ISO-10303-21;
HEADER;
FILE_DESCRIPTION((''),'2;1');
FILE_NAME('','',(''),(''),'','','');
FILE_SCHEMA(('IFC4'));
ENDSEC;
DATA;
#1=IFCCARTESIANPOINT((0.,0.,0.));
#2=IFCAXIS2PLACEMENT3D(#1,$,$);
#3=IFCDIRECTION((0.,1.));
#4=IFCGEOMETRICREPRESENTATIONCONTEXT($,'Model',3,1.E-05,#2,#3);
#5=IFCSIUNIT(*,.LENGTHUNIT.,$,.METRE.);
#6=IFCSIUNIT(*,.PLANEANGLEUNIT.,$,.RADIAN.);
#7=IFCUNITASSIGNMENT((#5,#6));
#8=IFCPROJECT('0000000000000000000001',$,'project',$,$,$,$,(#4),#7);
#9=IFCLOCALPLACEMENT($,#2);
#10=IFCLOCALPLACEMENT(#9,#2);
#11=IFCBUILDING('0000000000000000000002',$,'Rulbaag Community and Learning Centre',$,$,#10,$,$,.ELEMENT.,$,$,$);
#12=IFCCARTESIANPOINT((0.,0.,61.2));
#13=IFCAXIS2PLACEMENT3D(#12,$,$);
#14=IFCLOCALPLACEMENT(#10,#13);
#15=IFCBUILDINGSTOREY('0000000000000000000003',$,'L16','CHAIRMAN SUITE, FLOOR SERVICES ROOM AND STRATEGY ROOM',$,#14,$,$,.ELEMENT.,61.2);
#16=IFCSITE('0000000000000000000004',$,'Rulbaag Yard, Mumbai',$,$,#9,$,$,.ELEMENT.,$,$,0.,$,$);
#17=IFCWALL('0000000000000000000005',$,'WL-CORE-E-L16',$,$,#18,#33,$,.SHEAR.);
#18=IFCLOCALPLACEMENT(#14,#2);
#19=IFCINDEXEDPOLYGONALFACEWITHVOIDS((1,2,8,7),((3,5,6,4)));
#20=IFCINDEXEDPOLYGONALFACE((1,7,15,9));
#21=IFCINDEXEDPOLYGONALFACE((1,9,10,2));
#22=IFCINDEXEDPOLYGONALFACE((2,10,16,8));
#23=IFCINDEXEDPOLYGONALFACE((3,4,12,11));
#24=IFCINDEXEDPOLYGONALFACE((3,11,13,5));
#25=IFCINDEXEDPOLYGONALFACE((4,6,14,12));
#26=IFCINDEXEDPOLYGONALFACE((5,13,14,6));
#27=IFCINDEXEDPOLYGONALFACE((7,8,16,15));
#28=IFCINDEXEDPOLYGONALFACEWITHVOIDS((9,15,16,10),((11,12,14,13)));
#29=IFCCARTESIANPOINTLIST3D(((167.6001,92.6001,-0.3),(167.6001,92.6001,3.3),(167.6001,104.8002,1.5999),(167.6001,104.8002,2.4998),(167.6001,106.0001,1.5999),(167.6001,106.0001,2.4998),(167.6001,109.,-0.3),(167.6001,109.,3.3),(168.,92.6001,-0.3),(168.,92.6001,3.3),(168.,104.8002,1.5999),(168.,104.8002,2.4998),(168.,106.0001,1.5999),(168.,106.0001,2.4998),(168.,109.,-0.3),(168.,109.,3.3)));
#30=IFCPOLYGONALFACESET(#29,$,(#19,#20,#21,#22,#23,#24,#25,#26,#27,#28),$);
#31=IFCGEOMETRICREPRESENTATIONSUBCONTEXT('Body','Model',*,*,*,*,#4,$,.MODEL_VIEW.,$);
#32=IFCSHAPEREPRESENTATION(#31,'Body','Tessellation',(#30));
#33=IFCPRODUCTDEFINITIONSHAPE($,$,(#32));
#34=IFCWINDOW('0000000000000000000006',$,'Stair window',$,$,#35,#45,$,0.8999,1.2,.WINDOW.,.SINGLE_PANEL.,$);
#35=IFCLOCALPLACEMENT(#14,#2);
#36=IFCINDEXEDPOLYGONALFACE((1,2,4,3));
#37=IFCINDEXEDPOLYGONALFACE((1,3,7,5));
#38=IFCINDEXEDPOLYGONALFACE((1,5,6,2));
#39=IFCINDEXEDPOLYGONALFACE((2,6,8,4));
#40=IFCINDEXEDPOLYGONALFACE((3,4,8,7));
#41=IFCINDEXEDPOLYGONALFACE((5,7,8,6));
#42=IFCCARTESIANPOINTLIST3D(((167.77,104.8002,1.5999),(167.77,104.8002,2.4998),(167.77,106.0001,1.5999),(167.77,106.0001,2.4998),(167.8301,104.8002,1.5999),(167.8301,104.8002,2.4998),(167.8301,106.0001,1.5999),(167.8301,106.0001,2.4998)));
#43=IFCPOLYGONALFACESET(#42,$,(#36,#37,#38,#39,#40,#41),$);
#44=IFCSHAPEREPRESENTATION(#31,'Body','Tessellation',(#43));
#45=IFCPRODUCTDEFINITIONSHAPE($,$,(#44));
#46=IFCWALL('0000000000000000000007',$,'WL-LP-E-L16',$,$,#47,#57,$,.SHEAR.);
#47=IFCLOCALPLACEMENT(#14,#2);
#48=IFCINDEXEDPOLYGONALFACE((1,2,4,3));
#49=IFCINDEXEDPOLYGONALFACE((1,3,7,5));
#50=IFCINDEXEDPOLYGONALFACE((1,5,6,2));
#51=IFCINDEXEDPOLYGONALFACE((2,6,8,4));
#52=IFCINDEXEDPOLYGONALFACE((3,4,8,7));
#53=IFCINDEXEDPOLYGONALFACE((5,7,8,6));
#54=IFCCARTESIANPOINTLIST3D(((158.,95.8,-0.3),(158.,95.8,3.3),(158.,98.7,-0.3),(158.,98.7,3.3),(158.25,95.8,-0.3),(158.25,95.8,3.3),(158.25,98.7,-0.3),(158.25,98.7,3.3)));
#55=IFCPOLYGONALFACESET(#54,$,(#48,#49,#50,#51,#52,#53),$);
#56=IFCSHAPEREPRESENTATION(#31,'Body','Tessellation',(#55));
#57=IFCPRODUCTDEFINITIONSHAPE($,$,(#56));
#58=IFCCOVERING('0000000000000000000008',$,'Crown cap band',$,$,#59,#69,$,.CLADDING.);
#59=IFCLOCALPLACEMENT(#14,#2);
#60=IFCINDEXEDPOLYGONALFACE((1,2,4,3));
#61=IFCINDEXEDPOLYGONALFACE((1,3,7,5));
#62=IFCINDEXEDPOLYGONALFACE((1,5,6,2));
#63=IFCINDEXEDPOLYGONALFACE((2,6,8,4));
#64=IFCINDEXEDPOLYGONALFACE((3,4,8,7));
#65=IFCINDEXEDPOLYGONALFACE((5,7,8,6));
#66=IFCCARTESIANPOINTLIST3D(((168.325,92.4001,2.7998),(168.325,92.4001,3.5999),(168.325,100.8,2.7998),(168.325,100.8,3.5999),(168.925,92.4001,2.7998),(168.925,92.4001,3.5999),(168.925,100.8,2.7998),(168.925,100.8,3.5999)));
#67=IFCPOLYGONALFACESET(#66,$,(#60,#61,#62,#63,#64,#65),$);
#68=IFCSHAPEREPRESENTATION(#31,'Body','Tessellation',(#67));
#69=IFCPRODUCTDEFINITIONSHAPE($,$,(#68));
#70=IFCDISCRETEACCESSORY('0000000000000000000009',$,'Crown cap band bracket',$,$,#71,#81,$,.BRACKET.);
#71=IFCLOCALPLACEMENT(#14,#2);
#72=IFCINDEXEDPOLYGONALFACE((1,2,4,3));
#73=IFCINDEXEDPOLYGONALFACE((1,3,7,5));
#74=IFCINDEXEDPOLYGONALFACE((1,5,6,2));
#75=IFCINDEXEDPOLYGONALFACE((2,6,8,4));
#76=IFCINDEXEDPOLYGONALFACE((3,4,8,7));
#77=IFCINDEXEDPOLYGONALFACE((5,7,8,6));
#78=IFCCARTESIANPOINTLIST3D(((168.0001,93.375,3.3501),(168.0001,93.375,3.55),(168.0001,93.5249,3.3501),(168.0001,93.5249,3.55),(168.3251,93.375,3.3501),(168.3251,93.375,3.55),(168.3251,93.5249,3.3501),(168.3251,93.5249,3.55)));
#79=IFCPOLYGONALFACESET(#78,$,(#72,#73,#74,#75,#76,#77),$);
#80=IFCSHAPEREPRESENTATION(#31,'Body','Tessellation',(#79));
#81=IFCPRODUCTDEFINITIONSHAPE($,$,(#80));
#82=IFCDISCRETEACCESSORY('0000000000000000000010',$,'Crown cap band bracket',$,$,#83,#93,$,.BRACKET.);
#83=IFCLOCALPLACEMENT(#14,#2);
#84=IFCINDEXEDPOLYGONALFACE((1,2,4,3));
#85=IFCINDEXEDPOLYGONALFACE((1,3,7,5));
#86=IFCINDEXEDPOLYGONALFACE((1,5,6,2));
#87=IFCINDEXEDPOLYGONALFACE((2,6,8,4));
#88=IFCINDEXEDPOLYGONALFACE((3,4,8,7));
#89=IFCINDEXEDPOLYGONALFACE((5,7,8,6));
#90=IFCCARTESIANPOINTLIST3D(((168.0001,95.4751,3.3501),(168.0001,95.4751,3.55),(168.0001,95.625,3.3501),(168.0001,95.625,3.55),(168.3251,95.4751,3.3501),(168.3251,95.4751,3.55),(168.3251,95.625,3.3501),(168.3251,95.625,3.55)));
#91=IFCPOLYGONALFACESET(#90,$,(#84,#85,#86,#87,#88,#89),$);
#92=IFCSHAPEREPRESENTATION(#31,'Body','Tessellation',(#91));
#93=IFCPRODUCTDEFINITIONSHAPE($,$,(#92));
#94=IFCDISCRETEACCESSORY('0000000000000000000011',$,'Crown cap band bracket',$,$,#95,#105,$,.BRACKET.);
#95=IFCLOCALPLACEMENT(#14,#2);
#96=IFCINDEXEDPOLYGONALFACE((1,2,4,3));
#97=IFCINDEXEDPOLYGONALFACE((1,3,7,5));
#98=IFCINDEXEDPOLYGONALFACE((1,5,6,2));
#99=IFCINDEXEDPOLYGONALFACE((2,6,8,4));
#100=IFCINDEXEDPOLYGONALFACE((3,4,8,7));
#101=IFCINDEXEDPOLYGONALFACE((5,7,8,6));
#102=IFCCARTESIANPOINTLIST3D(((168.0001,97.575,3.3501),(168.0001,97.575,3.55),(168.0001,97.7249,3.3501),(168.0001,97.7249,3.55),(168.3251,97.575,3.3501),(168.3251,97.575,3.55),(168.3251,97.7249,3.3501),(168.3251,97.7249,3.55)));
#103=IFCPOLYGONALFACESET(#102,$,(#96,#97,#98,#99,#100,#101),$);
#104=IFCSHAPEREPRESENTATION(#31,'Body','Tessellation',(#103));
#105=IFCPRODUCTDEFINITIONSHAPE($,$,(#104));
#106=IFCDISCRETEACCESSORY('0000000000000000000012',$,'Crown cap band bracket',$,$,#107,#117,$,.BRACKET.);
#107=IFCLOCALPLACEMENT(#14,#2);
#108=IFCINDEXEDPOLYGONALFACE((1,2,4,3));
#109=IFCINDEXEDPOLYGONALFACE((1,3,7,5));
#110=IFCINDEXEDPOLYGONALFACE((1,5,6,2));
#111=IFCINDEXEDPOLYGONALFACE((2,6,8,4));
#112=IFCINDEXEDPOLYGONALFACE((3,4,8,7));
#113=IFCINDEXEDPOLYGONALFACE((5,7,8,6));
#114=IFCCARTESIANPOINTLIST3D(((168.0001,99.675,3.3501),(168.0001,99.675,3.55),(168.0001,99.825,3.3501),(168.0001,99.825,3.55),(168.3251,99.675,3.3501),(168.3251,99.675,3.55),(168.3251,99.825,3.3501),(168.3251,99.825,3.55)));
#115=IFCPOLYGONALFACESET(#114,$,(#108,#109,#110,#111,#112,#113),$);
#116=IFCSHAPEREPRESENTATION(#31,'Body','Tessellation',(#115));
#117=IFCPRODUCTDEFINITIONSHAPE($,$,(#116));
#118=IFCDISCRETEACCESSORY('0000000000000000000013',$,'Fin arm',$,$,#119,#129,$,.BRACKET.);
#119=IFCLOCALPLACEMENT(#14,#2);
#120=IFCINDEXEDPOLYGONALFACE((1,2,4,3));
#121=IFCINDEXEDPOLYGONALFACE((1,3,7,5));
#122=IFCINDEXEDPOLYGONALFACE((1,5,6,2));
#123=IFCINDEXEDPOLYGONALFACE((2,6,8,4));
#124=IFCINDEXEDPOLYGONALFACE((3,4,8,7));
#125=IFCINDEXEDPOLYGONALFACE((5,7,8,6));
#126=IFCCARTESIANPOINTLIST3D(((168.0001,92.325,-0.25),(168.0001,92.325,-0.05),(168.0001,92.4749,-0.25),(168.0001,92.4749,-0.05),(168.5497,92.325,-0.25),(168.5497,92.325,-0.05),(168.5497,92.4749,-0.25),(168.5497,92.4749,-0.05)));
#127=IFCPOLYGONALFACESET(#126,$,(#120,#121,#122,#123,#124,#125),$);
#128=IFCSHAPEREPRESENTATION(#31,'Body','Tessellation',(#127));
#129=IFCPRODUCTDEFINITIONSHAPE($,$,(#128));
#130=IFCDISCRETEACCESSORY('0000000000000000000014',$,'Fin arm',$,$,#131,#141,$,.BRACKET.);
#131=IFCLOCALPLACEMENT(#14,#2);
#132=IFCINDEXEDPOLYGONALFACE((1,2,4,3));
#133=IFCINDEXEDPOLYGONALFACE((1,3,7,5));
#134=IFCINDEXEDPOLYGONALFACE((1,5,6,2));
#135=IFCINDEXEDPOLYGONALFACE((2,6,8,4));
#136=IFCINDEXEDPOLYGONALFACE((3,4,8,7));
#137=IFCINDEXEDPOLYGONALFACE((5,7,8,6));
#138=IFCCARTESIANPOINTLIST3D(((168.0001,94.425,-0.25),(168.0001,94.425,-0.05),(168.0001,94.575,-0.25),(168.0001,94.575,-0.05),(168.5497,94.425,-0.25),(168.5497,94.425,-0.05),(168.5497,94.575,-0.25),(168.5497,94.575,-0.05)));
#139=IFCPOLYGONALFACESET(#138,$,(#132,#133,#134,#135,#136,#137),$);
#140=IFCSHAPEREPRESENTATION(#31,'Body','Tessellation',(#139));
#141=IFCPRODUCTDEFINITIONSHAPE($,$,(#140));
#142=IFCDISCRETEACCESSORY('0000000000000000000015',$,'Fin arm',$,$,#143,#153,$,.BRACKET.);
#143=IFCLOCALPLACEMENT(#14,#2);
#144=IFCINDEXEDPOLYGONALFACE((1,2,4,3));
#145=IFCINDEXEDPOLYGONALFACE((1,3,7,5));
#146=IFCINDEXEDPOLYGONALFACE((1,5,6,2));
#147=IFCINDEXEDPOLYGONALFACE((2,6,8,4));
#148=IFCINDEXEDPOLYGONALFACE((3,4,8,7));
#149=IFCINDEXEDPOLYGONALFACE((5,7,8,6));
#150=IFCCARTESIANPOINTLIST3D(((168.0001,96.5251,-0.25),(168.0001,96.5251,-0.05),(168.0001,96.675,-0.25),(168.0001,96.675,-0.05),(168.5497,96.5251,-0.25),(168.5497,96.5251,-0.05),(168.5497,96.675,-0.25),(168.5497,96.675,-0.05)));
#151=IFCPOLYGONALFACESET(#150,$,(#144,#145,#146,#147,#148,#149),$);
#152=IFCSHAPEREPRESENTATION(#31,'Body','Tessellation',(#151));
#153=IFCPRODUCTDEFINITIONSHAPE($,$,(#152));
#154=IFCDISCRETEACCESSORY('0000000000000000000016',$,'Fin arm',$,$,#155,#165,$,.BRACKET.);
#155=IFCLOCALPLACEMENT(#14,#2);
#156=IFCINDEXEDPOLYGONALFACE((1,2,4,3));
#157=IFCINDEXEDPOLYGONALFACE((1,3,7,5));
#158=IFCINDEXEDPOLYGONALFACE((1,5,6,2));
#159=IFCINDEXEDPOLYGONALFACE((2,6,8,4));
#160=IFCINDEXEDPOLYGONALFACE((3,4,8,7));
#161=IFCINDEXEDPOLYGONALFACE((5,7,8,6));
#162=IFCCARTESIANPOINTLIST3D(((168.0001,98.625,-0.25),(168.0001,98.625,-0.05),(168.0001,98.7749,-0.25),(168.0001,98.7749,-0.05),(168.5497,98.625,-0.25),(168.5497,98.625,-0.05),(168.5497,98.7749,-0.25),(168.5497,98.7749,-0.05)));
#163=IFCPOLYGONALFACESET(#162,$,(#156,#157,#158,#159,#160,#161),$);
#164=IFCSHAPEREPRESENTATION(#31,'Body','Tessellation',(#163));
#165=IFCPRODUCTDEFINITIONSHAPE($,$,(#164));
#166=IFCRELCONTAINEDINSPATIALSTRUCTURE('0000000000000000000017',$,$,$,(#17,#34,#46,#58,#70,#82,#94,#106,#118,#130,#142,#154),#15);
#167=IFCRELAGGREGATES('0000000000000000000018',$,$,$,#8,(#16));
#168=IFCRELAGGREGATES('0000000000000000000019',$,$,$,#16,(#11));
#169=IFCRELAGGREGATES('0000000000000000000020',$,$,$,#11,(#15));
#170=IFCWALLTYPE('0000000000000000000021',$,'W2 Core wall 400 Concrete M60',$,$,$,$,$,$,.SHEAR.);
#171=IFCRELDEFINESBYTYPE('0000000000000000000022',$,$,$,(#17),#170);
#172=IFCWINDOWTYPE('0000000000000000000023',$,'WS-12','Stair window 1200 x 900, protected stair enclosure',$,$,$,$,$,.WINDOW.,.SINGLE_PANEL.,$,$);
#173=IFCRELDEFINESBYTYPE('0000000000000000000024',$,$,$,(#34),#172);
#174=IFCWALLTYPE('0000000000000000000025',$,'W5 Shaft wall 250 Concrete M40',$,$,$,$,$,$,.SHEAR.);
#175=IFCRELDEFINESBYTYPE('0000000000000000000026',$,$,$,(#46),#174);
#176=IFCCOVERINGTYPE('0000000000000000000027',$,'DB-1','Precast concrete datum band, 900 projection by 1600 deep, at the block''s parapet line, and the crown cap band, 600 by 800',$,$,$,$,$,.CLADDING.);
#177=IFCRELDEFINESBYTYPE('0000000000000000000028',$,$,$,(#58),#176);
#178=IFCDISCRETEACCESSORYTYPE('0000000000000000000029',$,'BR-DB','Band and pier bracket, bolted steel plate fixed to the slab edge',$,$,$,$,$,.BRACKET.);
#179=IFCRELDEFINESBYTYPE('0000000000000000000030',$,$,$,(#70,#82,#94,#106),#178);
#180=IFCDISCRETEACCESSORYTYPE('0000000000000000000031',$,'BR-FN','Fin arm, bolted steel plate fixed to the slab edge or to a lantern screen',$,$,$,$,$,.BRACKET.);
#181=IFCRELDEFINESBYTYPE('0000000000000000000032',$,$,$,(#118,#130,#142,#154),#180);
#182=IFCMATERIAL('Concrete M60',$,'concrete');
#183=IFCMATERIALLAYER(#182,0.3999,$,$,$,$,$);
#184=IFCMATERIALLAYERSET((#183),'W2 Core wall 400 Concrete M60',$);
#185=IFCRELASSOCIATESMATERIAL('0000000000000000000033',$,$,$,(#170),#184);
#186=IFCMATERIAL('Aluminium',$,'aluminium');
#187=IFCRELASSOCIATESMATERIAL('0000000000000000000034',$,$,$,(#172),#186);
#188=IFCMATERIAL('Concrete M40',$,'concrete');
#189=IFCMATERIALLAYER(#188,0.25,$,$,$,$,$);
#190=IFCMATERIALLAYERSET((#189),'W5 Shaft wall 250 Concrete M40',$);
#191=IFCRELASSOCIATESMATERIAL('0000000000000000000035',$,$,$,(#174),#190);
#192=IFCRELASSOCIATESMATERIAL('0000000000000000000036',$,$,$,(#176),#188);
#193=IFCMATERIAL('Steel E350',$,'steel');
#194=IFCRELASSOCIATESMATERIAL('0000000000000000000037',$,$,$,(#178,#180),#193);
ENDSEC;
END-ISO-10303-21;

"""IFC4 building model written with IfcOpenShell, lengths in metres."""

from ifc_helpers import new_model, si_unit, direction, frame, frame_2d, origin, origin_2d, place, context, subcontext, project, spatial, rectangle, extrude, material, layer, layer_set, type_object, element, fill, save


model = new_model("IFC4")

# Units and contexts
model_context = context("Model", 3, precision=1e-05, world=origin(), true_north=direction((0.0, 1.0)))
body_context = subcontext(model_context, "Body", "Model", "MODEL_VIEW")
ifc_project = project(units=[si_unit("LENGTHUNIT", "METRE"), si_unit("PLANEANGLEUNIT", "RADIAN")], contexts=[model_context])

# Site, building, storey
site_placement = place(None, origin())
site = spatial("IfcSite", under=ifc_project, at=site_placement, Name="Rulbaag Yard, Mumbai", CompositionType="ELEMENT", RefElevation=0.0)
building_placement = place(site_placement, origin())
building = spatial("IfcBuilding", under=site, at=building_placement, Name="Rulbaag Community and Learning Centre", CompositionType="ELEMENT")
storey_placement = place(building_placement, frame((0.0, 0.0, 61.2)))
storey = spatial("IfcBuildingStorey", under=building, at=storey_placement, Name="L16", Description="CHAIRMAN SUITE, FLOOR SERVICES ROOM AND STRATEGY ROOM", CompositionType="ELEMENT", Elevation=61.2)

# Shared definitions
ifc_material_1 = material(Name="Aluminium", Category="aluminium")

# Wall, opening, window
ifc_material_2 = material(Name="Concrete M60", Category="concrete")
ifc_layer_1 = layer(ifc_material_2, 0.3999)
ifc_layer_set_1 = layer_set([ifc_layer_1], Name="W2 Core wall 400 Concrete M60")
wall_type_1 = type_object("IfcWallType", Name="W2 Core wall 400 Concrete M60", PredefinedType="SHEAR", material=ifc_layer_set_1)
wall_1_placement = place(storey_placement, frame((167.8, 92.6001, -0.3), z_axis=(0.0, 0.0, 1.0), x_axis=(0.0, 1.0, 0.0)))
wall_1 = element("IfcWall", 1, at=wall_1_placement, inside=storey, type_object=wall_type_1, Name="WL-CORE-E-L16", PredefinedType="SHEAR", context=body_context, shape_type="SweptSolid", body=[
    extrude(rectangle(XDim=16.3999, YDim=0.3999, at=frame_2d((8.2, 0.0))), origin(), (0.0, 0.0, 1.0), 3.6001),
])
opening_1_placement = place(wall_1_placement, frame((12.2, 0.0, 1.8999)))
opening_1 = element("IfcOpeningElement", 2, at=opening_1_placement, cuts=wall_1, PredefinedType="OPENING", context=body_context, shape_type="SweptSolid", body=[
    extrude(rectangle(XDim=1.2, YDim=0.8999, at=frame_2d((0.6001, 0.45))), frame((0.0, 0.21, 0.0), z_axis=(0.0, -1.0, 0.0), x_axis=(1.0, 0.0, 0.0)), (0.0, 0.0, 1.0), 0.4199),
])
window_type = type_object("IfcWindowType", Name="WS-12", Description="Stair window 1200 x 900, protected stair enclosure", PartitioningType="SINGLE_PANEL", PredefinedType="WINDOW", material=ifc_material_1)
window_placement = place(opening_1_placement, origin())
window = element("IfcWindow", 3, at=window_placement, inside=storey, type_object=window_type, Name="Stair window", OverallHeight=0.8999, OverallWidth=1.2, PartitioningType="SINGLE_PANEL", PredefinedType="WINDOW", context=body_context, shape_type="SweptSolid", body=[
    extrude(rectangle(XDim=1.2, YDim=0.8999, at=frame_2d((0.6001, 0.45))), frame((0.0, 0.03, 0.0), z_axis=(0.0, -1.0, 0.0), x_axis=(1.0, 0.0, 0.0)), (0.0, 0.0, 1.0), 0.0601),
])
fill(opening_1, window)

# Wall
ifc_material_3 = material(Name="Concrete M40", Category="concrete")
ifc_layer_2 = layer(ifc_material_3, 0.25)
ifc_layer_set_2 = layer_set([ifc_layer_2], Name="W5 Shaft wall 250 Concrete M40")
wall_type_2 = type_object("IfcWallType", Name="W5 Shaft wall 250 Concrete M40", PredefinedType="SHEAR", material=ifc_layer_set_2)
wall_2_placement = place(storey_placement, frame((158.125, 95.8, -0.3), z_axis=(0.0, 0.0, 1.0), x_axis=(0.0, 1.0, 0.0)))
element("IfcWall", 4, at=wall_2_placement, inside=storey, type_object=wall_type_2, Name="WL-LP-E-L16", PredefinedType="SHEAR", context=body_context, shape_type="SweptSolid", body=[
    extrude(rectangle(XDim=2.8999, YDim=0.25, at=frame_2d((1.45, 0.0))), origin(), (0.0, 0.0, 1.0), 3.6001),
])

# Covering
covering_type = type_object("IfcCoveringType", Name="DB-1", Description="Precast concrete datum band, 900 projection by 1600 deep, at the block's parapet line, and the crown cap band, 600 by 800", PredefinedType="CLADDING", material=ifc_material_3)
covering_placement = place(storey_placement, frame((168.625, 96.6001, 2.7998), z_axis=(0.0, 0.0, 1.0), x_axis=(1.0, 0.0, 0.0)))
element("IfcCovering", 5, at=covering_placement, inside=storey, type_object=covering_type, Name="Crown cap band", PredefinedType="CLADDING", context=body_context, shape_type="SweptSolid", body=[
    extrude(rectangle(XDim=0.6001, YDim=8.3999, at=origin_2d()), origin(), (0.0, 0.0, 1.0), 0.8),
])

# Discrete accessories
ifc_material_4 = material(Name="Steel E350", Category="steel")
discrete_accessory_type_1 = type_object("IfcDiscreteAccessoryType", Name="BR-DB", Description="Band and pier bracket, bolted steel plate fixed to the slab edge", PredefinedType="BRACKET", material=ifc_material_4)
for number, where, z_axis, x_axis, name in (
    (6, (168.1626, 93.45, 3.3501), (0.0, 0.0, 1.0), (1.0, 0.0, 0.0), "Crown cap band bracket"),
    (7, (168.1626, 95.55, 3.3501), (0.0, 0.0, 1.0), (1.0, 0.0, 0.0), "Crown cap band bracket"),
    (8, (168.1626, 97.6499, 3.3501), (0.0, 0.0, 1.0), (1.0, 0.0, 0.0), "Crown cap band bracket"),
    (9, (168.1626, 99.75, 3.3501), (0.0, 0.0, 1.0), (1.0, 0.0, 0.0), "Crown cap band bracket"),
):
    element("IfcDiscreteAccessory", number, at=place(storey_placement, frame(where, z_axis=z_axis, x_axis=x_axis)), inside=storey, type_object=discrete_accessory_type_1, Name=name, PredefinedType="BRACKET", context=body_context, shape_type="SweptSolid", body=[
        extrude(rectangle(XDim=0.325, YDim=0.1499, at=origin_2d()), origin(), (0.0, 0.0, 1.0), 0.2),
    ])
discrete_accessory_type_2 = type_object("IfcDiscreteAccessoryType", Name="BR-FN", Description="Fin arm, bolted steel plate fixed to the slab edge or to a lantern screen", PredefinedType="BRACKET", material=ifc_material_4)
for number, where, z_axis, x_axis, name in (
    (10, (168.2749, 92.3999, -0.25), (0.0, 0.0, 1.0), (1.0, 0.0, 0.0), "Fin arm"),
    (11, (168.2749, 94.5, -0.25), (0.0, 0.0, 1.0), (1.0, 0.0, 0.0), "Fin arm"),
    (12, (168.2749, 96.6001, -0.25), (0.0, 0.0, 1.0), (1.0, 0.0, 0.0), "Fin arm"),
    (13, (168.2749, 98.7, -0.25), (0.0, 0.0, 1.0), (1.0, 0.0, 0.0), "Fin arm"),
):
    element("IfcDiscreteAccessory", number, at=place(storey_placement, frame(where, z_axis=z_axis, x_axis=x_axis)), inside=storey, type_object=discrete_accessory_type_2, Name=name, PredefinedType="BRACKET", context=body_context, shape_type="SweptSolid", body=[
        extrude(rectangle(XDim=0.5496, YDim=0.1499, at=origin_2d()), origin(), (0.0, 0.0, 1.0), 0.2),
    ])

save(model, "model.ifc")
